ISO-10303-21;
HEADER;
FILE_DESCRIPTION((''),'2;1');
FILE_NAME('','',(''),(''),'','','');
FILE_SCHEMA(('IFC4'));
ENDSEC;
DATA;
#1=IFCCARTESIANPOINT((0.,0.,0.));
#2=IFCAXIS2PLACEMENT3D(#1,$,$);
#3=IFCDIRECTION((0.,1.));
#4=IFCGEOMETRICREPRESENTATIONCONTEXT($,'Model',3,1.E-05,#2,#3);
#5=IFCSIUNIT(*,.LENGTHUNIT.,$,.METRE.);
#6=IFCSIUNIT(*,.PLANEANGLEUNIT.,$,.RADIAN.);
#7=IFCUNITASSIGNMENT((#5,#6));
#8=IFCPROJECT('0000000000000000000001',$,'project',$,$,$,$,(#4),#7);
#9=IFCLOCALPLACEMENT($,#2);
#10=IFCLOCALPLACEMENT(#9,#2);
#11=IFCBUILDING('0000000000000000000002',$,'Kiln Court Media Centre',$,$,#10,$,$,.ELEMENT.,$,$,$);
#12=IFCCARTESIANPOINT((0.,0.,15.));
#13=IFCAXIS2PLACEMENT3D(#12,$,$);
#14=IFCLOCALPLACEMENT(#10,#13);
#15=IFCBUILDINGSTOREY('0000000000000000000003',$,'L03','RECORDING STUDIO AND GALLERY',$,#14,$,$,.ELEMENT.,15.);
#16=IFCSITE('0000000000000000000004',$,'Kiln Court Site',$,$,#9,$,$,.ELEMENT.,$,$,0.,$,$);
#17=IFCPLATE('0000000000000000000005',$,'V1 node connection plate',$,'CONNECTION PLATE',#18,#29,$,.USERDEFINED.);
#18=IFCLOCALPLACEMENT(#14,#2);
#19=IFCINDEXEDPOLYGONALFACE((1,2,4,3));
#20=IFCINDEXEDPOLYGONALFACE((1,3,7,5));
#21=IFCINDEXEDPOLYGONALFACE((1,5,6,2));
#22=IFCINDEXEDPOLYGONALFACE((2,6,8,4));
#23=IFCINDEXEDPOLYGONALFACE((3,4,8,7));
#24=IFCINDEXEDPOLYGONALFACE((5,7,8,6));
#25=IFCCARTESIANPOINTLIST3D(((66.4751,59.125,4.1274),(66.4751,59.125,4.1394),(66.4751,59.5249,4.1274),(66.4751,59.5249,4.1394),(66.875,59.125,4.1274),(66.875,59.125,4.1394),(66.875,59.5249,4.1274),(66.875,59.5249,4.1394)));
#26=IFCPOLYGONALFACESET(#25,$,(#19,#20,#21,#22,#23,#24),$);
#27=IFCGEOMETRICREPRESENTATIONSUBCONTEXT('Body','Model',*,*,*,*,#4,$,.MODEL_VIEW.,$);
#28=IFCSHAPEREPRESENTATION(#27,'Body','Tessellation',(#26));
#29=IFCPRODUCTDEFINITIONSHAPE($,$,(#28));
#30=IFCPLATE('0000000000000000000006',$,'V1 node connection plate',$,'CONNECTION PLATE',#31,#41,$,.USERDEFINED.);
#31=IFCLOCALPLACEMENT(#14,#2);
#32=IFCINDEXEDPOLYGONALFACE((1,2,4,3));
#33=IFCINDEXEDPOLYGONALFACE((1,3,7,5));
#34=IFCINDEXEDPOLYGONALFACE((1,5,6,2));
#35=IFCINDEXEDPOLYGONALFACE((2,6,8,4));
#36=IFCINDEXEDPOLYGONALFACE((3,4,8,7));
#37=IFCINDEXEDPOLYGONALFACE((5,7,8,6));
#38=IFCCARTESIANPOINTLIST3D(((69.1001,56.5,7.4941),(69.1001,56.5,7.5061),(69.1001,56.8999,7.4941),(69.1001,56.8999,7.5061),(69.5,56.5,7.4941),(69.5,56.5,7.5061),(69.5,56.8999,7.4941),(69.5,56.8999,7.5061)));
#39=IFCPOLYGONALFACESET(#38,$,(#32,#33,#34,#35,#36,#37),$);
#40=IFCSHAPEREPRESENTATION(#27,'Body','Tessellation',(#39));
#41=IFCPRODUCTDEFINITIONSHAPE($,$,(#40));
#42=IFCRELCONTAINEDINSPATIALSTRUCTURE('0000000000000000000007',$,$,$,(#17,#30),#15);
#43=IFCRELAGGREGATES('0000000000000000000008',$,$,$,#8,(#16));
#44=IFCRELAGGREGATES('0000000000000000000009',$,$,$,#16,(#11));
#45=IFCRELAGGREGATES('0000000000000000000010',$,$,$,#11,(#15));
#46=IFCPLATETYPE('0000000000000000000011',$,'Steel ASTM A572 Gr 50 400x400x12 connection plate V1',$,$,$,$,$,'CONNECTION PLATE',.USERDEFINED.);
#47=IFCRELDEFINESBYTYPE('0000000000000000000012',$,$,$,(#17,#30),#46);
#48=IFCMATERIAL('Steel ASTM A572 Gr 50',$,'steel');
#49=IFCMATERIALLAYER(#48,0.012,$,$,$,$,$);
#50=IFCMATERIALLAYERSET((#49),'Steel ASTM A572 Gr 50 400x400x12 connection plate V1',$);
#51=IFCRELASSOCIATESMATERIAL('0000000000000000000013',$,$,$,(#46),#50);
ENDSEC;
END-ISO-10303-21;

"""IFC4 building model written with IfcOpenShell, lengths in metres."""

from ifc_helpers import new_model, si_unit, direction, frame, origin, origin_2d, place, context, subcontext, project, spatial, rectangle, extrude, material, layer, layer_set, type_object, element, save


model = new_model("IFC4")

# Units and contexts
model_context = context("Model", 3, precision=1e-05, world=origin(), true_north=direction((0.0, 1.0)))
body_context = subcontext(model_context, "Body", "Model", "MODEL_VIEW")
ifc_project = project(units=[si_unit("LENGTHUNIT", "METRE"), si_unit("PLANEANGLEUNIT", "RADIAN")], contexts=[model_context])

# Site, building, storey
site_placement = place(None, origin())
site = spatial("IfcSite", under=ifc_project, at=site_placement, Name="Kiln Court Site", CompositionType="ELEMENT", RefElevation=0.0)
building_placement = place(site_placement, origin())
building = spatial("IfcBuilding", under=site, at=building_placement, Name="Kiln Court Media Centre", CompositionType="ELEMENT")
storey_placement = place(building_placement, frame((0.0, 0.0, 15.0)))
storey = spatial("IfcBuildingStorey", under=building, at=storey_placement, Name="L03", Description="RECORDING STUDIO AND GALLERY", CompositionType="ELEMENT", Elevation=15.0)

# Plates
ifc_material_1 = material(Name="Steel ASTM A572 Gr 50", Category="steel")
ifc_layer_1 = layer(ifc_material_1, 0.012)
ifc_layer_set_1 = layer_set([ifc_layer_1], Name="Steel ASTM A572 Gr 50 400x400x12 connection plate V1")
plate_type_1 = type_object("IfcPlateType", Name="Steel ASTM A572 Gr 50 400x400x12 connection plate V1", ElementType="CONNECTION PLATE", PredefinedType="USERDEFINED", material=ifc_layer_set_1)
for number, where, z_axis, x_axis, name in (
    (1, (66.675, 59.325, 4.1274), (0.0, 0.0, 1.0), (1.0, 0.0, 0.0), "V1 node connection plate"),
    (2, (69.3, 56.7, 7.4941), (0.0, 0.0, 1.0), (1.0, 0.0, 0.0), "V1 node connection plate"),
):
    element("IfcPlate", number, at=place(storey_placement, frame(where, z_axis=z_axis, x_axis=x_axis)), inside=storey, type_object=plate_type_1, Name=name, ObjectType="CONNECTION PLATE", PredefinedType="USERDEFINED", context=body_context, shape_type="SweptSolid", body=[
        extrude(rectangle(XDim=0.3999, YDim=0.3999, at=origin_2d()), origin(), (0.0, 0.0, 1.0), 0.012),
    ])

save(model, "model.ifc")
